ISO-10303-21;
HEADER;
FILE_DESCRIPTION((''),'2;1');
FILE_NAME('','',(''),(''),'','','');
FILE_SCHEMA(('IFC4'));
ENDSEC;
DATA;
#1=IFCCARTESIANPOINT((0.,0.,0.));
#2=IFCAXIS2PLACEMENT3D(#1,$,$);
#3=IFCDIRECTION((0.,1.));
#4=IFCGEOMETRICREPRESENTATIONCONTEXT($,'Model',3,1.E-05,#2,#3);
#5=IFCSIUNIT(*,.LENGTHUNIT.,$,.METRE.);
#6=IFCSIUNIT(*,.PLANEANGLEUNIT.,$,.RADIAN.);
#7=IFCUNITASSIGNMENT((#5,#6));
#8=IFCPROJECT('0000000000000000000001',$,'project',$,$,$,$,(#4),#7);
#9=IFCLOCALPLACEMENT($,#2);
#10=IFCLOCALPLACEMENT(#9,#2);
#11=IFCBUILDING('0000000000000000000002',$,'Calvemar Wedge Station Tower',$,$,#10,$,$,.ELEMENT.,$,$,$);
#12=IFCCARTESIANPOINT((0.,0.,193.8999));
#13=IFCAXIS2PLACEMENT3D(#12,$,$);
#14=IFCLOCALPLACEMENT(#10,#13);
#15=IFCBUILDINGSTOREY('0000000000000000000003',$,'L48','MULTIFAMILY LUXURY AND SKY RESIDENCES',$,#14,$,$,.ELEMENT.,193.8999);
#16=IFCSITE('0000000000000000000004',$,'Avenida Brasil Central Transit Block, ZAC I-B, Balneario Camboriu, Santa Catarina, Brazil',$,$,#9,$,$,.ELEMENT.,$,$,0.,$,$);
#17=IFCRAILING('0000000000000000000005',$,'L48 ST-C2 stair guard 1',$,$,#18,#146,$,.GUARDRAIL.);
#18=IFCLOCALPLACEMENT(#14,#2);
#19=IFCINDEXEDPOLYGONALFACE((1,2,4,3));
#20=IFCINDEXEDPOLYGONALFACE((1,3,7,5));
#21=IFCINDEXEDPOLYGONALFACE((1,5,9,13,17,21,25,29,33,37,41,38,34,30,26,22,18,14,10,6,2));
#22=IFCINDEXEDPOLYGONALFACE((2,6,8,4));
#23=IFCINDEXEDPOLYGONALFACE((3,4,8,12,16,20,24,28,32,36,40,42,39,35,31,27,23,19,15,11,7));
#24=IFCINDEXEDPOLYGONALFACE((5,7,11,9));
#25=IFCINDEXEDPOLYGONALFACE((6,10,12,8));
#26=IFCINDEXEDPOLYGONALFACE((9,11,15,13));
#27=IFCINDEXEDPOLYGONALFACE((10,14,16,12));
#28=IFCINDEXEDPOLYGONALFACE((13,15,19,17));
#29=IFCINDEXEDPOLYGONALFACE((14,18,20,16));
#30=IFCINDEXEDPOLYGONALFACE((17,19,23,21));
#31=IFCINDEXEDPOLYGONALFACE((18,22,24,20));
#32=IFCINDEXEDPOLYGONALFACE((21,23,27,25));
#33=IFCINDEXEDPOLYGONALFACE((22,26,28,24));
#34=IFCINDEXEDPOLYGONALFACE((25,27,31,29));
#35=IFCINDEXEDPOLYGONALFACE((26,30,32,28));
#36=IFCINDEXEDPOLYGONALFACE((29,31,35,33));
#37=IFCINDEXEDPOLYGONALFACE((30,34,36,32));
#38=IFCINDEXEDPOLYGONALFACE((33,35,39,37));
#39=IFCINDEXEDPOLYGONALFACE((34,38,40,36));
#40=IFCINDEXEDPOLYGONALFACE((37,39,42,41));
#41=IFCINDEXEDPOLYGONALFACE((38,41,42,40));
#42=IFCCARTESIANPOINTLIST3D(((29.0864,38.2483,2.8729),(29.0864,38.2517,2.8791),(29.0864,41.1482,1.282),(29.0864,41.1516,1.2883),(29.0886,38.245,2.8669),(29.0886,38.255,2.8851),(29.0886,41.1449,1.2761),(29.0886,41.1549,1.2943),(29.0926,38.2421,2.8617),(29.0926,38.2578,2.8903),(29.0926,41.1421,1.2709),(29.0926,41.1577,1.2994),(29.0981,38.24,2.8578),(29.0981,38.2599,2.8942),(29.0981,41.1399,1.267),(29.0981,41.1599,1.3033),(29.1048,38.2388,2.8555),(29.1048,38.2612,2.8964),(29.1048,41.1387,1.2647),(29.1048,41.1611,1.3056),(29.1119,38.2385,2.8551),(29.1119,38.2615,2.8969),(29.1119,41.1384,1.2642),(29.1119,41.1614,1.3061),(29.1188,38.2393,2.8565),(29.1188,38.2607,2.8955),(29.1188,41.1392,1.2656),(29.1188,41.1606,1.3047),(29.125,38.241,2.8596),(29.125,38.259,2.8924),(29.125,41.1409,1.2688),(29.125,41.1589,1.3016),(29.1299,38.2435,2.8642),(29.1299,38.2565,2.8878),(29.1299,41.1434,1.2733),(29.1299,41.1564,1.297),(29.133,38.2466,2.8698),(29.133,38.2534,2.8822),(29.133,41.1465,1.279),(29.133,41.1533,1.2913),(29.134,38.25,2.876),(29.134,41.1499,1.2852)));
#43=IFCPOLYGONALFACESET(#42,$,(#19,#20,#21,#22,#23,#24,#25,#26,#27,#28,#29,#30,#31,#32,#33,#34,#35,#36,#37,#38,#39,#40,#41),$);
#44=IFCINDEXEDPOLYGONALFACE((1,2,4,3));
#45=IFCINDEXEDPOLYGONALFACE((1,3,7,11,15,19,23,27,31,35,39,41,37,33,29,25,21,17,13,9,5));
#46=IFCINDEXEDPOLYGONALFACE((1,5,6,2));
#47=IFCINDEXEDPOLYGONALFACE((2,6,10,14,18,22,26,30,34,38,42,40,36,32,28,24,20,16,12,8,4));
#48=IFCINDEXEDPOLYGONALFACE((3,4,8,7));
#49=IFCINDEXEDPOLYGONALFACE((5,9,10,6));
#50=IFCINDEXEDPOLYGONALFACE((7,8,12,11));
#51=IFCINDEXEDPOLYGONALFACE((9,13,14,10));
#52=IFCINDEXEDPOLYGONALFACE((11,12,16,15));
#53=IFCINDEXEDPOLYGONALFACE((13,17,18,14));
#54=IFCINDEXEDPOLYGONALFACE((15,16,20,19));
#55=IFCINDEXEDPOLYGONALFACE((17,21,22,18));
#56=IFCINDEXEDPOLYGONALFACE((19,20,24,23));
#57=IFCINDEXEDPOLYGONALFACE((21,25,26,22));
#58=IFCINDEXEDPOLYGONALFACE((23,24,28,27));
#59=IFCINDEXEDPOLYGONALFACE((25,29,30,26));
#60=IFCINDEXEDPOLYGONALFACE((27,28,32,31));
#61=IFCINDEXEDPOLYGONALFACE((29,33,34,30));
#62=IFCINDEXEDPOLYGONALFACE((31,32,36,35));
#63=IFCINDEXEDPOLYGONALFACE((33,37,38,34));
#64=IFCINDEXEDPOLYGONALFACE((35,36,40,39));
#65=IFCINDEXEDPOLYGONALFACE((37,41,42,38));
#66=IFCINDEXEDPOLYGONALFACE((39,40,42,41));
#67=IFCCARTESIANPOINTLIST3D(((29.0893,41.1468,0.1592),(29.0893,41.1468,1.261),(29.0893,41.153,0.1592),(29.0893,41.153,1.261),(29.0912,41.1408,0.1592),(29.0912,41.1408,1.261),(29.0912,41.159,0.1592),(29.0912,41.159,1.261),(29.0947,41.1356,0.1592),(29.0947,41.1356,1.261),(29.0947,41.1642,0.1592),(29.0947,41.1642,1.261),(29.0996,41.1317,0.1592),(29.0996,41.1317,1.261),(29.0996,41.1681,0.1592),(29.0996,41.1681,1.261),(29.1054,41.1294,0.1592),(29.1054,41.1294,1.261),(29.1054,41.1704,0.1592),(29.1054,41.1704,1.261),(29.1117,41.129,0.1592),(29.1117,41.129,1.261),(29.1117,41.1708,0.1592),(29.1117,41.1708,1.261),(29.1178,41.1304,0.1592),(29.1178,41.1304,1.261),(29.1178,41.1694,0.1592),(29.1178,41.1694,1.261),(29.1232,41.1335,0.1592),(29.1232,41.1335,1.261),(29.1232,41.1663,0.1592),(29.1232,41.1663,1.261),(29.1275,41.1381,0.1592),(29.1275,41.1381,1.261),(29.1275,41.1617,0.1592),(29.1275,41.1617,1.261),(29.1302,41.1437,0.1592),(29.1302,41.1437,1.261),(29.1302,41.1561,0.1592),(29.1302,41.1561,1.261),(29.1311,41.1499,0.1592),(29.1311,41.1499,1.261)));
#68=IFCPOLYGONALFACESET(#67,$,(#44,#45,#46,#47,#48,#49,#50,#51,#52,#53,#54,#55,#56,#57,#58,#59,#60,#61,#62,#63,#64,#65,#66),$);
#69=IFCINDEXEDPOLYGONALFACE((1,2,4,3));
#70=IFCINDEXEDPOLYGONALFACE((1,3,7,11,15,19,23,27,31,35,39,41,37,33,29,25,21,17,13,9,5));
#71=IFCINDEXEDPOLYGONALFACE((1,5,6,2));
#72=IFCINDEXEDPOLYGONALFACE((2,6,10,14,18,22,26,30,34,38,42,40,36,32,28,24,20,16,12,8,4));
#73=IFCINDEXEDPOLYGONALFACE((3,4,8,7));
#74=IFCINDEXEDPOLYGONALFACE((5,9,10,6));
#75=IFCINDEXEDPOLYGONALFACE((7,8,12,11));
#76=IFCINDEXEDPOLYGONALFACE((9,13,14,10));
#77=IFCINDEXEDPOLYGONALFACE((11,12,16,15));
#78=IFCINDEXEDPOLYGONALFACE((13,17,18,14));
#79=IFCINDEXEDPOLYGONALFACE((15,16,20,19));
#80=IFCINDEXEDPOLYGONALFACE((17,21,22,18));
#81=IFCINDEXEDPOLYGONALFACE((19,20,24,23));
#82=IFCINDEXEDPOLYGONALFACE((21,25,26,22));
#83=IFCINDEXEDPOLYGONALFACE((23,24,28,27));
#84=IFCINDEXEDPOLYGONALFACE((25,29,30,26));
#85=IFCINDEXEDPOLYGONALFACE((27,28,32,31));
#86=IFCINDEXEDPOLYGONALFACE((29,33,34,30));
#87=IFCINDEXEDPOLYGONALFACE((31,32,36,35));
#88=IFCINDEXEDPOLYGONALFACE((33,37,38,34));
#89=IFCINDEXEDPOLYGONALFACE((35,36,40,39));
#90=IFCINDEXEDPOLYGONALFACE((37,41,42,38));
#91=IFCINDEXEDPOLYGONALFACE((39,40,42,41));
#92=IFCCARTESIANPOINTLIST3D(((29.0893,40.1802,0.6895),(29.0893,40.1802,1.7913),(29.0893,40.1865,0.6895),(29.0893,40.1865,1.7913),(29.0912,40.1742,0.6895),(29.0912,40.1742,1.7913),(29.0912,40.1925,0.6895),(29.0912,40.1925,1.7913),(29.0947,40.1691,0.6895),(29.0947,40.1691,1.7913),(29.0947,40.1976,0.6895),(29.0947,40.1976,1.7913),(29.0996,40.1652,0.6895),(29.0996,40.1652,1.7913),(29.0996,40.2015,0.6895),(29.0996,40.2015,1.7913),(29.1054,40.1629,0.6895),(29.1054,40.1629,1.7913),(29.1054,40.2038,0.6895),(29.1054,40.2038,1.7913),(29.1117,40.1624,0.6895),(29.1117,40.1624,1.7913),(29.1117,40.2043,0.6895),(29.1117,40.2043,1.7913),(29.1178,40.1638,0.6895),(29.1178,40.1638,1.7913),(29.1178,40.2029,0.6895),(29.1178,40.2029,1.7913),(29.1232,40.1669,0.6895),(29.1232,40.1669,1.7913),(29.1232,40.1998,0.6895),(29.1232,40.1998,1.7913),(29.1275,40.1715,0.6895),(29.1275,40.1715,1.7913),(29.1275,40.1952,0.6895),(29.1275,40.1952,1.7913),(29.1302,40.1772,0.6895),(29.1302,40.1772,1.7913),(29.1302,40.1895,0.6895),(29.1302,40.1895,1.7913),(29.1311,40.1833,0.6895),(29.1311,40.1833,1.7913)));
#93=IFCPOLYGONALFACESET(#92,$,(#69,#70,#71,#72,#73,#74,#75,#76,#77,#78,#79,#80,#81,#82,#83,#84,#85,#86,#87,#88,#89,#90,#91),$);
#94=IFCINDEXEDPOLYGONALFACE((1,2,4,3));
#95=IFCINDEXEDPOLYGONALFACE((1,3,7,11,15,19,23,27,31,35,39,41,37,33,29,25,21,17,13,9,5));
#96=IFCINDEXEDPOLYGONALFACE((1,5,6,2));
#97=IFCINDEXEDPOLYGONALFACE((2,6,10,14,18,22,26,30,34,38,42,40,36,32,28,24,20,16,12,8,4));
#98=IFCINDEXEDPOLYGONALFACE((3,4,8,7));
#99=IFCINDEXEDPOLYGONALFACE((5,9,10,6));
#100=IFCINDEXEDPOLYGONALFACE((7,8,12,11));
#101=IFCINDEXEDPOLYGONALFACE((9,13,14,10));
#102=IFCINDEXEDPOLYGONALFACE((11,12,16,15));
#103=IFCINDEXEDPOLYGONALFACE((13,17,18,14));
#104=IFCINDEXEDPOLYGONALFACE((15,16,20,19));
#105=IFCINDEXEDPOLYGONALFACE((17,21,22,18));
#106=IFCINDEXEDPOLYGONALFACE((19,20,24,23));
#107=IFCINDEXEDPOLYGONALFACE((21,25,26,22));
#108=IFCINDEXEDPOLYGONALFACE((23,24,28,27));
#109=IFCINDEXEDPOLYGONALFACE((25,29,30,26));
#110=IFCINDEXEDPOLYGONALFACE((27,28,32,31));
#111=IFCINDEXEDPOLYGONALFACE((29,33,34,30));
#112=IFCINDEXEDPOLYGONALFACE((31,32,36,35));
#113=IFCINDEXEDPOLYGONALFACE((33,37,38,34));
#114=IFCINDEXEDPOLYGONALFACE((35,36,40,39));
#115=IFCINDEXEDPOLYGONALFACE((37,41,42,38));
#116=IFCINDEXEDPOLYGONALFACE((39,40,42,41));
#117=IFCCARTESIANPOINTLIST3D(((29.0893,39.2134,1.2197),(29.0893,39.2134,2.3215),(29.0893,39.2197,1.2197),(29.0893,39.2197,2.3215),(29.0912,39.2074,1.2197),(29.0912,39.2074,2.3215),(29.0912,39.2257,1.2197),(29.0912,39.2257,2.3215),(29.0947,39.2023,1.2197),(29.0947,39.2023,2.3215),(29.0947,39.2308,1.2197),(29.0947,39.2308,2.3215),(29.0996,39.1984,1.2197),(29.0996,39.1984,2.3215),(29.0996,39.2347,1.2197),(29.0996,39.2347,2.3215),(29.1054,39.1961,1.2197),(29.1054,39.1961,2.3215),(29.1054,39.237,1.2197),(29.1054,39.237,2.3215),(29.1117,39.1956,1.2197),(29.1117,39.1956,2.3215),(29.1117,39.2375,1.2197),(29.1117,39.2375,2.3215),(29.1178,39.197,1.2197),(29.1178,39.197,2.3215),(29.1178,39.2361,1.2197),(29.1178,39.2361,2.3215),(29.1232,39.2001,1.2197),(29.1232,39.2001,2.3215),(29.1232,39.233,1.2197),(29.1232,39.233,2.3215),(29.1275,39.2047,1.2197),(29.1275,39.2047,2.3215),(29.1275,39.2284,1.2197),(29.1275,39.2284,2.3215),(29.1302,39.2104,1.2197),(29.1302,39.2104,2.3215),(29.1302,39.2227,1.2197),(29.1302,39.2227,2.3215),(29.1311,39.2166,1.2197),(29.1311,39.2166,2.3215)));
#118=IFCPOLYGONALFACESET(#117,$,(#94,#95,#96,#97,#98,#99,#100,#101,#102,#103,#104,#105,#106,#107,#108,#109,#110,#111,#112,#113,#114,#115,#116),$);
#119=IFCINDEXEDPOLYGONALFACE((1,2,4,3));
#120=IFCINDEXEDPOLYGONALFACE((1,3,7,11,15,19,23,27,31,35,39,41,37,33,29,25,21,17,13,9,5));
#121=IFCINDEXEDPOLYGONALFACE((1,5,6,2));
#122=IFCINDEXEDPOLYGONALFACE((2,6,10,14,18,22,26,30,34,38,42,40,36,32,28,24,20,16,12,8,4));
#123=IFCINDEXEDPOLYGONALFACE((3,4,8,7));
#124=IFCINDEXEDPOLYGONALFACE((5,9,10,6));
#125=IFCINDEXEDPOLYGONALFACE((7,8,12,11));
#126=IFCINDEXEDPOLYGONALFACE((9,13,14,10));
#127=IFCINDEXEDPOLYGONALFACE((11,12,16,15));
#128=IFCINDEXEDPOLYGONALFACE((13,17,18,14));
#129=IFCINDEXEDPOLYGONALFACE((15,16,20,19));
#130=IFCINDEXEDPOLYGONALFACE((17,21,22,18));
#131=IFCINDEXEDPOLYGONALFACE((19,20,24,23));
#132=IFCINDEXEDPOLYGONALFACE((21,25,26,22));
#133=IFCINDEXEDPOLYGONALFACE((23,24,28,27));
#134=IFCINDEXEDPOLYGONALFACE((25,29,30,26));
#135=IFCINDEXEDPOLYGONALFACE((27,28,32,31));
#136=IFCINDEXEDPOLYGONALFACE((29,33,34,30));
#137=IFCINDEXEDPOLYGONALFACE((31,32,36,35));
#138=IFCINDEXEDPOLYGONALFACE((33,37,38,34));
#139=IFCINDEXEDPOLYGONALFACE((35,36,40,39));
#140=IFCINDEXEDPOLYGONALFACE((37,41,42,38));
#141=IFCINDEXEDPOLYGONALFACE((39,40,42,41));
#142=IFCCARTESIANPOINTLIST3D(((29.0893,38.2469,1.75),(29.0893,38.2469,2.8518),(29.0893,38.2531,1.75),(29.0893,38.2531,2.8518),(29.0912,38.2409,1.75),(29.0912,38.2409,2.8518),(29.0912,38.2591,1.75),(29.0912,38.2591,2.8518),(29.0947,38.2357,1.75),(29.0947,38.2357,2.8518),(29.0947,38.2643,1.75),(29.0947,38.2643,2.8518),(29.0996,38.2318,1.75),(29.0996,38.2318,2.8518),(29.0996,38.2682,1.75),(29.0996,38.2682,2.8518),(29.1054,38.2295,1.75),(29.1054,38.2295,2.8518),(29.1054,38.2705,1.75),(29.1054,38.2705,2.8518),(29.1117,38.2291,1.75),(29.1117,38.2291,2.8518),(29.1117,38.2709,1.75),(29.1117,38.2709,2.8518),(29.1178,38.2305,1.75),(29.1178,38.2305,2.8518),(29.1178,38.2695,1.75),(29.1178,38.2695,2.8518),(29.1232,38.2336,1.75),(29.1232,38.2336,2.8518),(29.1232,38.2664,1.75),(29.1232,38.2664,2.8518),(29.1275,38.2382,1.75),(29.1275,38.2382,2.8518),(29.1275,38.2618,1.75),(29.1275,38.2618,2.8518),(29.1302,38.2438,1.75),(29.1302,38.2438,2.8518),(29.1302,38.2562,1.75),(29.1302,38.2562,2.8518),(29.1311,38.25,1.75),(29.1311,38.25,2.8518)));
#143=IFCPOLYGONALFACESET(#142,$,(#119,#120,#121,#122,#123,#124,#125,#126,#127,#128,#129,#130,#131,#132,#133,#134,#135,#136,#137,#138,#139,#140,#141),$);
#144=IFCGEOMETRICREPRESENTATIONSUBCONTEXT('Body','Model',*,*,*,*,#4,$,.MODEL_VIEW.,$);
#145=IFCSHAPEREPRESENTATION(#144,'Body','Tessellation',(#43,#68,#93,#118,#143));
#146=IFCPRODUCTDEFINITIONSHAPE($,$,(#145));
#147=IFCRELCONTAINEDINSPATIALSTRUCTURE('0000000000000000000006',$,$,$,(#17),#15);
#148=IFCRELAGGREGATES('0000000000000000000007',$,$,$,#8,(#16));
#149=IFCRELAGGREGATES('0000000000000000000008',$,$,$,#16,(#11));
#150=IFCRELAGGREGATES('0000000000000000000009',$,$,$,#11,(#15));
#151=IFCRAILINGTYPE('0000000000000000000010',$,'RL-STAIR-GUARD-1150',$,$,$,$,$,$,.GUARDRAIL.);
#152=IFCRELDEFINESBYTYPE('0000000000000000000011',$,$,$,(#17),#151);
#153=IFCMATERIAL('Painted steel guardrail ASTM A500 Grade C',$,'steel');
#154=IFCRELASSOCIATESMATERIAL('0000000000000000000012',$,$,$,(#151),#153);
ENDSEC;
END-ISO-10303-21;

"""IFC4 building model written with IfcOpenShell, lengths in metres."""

from ifc_helpers import new_model, si_unit, direction, frame, origin, origin_2d, place, context, subcontext, project, spatial, circle, extrude, material, type_object, element, save


model = new_model("IFC4")

# Units and contexts
model_context = context("Model", 3, precision=1e-05, world=origin(), true_north=direction((0.0, 1.0)))
body_context = subcontext(model_context, "Body", "Model", "MODEL_VIEW")
ifc_project = project(units=[si_unit("LENGTHUNIT", "METRE"), si_unit("PLANEANGLEUNIT", "RADIAN")], contexts=[model_context])

# Site, building, storey
site_placement = place(None, origin())
site = spatial("IfcSite", under=ifc_project, at=site_placement, Name="Avenida Brasil Central Transit Block, ZAC I-B, Balneario Camboriu, Santa Catarina, Brazil", CompositionType="ELEMENT", RefElevation=0.0)
building_placement = place(site_placement, origin())
building = spatial("IfcBuilding", under=site, at=building_placement, Name="Calvemar Wedge Station Tower", CompositionType="ELEMENT")
storey_placement = place(building_placement, frame((0.0, 0.0, 193.8999)))
storey = spatial("IfcBuildingStorey", under=building, at=storey_placement, Name="L48", Description="MULTIFAMILY LUXURY AND SKY RESIDENCES", CompositionType="ELEMENT", Elevation=193.8999)

# Railing
ifc_material_1 = material(Name="Painted steel guardrail ASTM A500 Grade C", Category="steel")
railing_type_1 = type_object("IfcRailingType", Name="RL-STAIR-GUARD-1150", PredefinedType="GUARDRAIL", material=ifc_material_1)
railing_1_placement = place(storey_placement, frame((29.1101, 41.1499, 0.1592)))
element("IfcRailing", 1, at=railing_1_placement, inside=storey, type_object=railing_type_1, Name="L48 ST-C2 stair guard 1", PredefinedType="GUARDRAIL", context=body_context, shape_type="SweptSolid", body=[
    extrude(circle(Radius=0.0239, at=origin_2d()), frame((0.0, 0.0, 1.126), z_axis=(0.0, -0.876742, 0.480961), x_axis=(1.0, 0.0, 0.0)), (0.0, 0.0, 1.0), 3.3076),
    extrude(circle(Radius=0.021, at=origin_2d()), origin(), (0.0, 0.0, 1.0), 1.1018),
    extrude(circle(Radius=0.021, at=origin_2d()), frame((0.0, -0.9666, 0.5303)), (0.0, 0.0, 1.0), 1.1018),
    extrude(circle(Radius=0.021, at=origin_2d()), frame((0.0, -1.9333, 1.0605)), (0.0, 0.0, 1.0), 1.1018),
    extrude(circle(Radius=0.021, at=origin_2d()), frame((0.0, -2.8999, 1.5908)), (0.0, 0.0, 1.0), 1.1018),
])

save(model, "model.ifc")
